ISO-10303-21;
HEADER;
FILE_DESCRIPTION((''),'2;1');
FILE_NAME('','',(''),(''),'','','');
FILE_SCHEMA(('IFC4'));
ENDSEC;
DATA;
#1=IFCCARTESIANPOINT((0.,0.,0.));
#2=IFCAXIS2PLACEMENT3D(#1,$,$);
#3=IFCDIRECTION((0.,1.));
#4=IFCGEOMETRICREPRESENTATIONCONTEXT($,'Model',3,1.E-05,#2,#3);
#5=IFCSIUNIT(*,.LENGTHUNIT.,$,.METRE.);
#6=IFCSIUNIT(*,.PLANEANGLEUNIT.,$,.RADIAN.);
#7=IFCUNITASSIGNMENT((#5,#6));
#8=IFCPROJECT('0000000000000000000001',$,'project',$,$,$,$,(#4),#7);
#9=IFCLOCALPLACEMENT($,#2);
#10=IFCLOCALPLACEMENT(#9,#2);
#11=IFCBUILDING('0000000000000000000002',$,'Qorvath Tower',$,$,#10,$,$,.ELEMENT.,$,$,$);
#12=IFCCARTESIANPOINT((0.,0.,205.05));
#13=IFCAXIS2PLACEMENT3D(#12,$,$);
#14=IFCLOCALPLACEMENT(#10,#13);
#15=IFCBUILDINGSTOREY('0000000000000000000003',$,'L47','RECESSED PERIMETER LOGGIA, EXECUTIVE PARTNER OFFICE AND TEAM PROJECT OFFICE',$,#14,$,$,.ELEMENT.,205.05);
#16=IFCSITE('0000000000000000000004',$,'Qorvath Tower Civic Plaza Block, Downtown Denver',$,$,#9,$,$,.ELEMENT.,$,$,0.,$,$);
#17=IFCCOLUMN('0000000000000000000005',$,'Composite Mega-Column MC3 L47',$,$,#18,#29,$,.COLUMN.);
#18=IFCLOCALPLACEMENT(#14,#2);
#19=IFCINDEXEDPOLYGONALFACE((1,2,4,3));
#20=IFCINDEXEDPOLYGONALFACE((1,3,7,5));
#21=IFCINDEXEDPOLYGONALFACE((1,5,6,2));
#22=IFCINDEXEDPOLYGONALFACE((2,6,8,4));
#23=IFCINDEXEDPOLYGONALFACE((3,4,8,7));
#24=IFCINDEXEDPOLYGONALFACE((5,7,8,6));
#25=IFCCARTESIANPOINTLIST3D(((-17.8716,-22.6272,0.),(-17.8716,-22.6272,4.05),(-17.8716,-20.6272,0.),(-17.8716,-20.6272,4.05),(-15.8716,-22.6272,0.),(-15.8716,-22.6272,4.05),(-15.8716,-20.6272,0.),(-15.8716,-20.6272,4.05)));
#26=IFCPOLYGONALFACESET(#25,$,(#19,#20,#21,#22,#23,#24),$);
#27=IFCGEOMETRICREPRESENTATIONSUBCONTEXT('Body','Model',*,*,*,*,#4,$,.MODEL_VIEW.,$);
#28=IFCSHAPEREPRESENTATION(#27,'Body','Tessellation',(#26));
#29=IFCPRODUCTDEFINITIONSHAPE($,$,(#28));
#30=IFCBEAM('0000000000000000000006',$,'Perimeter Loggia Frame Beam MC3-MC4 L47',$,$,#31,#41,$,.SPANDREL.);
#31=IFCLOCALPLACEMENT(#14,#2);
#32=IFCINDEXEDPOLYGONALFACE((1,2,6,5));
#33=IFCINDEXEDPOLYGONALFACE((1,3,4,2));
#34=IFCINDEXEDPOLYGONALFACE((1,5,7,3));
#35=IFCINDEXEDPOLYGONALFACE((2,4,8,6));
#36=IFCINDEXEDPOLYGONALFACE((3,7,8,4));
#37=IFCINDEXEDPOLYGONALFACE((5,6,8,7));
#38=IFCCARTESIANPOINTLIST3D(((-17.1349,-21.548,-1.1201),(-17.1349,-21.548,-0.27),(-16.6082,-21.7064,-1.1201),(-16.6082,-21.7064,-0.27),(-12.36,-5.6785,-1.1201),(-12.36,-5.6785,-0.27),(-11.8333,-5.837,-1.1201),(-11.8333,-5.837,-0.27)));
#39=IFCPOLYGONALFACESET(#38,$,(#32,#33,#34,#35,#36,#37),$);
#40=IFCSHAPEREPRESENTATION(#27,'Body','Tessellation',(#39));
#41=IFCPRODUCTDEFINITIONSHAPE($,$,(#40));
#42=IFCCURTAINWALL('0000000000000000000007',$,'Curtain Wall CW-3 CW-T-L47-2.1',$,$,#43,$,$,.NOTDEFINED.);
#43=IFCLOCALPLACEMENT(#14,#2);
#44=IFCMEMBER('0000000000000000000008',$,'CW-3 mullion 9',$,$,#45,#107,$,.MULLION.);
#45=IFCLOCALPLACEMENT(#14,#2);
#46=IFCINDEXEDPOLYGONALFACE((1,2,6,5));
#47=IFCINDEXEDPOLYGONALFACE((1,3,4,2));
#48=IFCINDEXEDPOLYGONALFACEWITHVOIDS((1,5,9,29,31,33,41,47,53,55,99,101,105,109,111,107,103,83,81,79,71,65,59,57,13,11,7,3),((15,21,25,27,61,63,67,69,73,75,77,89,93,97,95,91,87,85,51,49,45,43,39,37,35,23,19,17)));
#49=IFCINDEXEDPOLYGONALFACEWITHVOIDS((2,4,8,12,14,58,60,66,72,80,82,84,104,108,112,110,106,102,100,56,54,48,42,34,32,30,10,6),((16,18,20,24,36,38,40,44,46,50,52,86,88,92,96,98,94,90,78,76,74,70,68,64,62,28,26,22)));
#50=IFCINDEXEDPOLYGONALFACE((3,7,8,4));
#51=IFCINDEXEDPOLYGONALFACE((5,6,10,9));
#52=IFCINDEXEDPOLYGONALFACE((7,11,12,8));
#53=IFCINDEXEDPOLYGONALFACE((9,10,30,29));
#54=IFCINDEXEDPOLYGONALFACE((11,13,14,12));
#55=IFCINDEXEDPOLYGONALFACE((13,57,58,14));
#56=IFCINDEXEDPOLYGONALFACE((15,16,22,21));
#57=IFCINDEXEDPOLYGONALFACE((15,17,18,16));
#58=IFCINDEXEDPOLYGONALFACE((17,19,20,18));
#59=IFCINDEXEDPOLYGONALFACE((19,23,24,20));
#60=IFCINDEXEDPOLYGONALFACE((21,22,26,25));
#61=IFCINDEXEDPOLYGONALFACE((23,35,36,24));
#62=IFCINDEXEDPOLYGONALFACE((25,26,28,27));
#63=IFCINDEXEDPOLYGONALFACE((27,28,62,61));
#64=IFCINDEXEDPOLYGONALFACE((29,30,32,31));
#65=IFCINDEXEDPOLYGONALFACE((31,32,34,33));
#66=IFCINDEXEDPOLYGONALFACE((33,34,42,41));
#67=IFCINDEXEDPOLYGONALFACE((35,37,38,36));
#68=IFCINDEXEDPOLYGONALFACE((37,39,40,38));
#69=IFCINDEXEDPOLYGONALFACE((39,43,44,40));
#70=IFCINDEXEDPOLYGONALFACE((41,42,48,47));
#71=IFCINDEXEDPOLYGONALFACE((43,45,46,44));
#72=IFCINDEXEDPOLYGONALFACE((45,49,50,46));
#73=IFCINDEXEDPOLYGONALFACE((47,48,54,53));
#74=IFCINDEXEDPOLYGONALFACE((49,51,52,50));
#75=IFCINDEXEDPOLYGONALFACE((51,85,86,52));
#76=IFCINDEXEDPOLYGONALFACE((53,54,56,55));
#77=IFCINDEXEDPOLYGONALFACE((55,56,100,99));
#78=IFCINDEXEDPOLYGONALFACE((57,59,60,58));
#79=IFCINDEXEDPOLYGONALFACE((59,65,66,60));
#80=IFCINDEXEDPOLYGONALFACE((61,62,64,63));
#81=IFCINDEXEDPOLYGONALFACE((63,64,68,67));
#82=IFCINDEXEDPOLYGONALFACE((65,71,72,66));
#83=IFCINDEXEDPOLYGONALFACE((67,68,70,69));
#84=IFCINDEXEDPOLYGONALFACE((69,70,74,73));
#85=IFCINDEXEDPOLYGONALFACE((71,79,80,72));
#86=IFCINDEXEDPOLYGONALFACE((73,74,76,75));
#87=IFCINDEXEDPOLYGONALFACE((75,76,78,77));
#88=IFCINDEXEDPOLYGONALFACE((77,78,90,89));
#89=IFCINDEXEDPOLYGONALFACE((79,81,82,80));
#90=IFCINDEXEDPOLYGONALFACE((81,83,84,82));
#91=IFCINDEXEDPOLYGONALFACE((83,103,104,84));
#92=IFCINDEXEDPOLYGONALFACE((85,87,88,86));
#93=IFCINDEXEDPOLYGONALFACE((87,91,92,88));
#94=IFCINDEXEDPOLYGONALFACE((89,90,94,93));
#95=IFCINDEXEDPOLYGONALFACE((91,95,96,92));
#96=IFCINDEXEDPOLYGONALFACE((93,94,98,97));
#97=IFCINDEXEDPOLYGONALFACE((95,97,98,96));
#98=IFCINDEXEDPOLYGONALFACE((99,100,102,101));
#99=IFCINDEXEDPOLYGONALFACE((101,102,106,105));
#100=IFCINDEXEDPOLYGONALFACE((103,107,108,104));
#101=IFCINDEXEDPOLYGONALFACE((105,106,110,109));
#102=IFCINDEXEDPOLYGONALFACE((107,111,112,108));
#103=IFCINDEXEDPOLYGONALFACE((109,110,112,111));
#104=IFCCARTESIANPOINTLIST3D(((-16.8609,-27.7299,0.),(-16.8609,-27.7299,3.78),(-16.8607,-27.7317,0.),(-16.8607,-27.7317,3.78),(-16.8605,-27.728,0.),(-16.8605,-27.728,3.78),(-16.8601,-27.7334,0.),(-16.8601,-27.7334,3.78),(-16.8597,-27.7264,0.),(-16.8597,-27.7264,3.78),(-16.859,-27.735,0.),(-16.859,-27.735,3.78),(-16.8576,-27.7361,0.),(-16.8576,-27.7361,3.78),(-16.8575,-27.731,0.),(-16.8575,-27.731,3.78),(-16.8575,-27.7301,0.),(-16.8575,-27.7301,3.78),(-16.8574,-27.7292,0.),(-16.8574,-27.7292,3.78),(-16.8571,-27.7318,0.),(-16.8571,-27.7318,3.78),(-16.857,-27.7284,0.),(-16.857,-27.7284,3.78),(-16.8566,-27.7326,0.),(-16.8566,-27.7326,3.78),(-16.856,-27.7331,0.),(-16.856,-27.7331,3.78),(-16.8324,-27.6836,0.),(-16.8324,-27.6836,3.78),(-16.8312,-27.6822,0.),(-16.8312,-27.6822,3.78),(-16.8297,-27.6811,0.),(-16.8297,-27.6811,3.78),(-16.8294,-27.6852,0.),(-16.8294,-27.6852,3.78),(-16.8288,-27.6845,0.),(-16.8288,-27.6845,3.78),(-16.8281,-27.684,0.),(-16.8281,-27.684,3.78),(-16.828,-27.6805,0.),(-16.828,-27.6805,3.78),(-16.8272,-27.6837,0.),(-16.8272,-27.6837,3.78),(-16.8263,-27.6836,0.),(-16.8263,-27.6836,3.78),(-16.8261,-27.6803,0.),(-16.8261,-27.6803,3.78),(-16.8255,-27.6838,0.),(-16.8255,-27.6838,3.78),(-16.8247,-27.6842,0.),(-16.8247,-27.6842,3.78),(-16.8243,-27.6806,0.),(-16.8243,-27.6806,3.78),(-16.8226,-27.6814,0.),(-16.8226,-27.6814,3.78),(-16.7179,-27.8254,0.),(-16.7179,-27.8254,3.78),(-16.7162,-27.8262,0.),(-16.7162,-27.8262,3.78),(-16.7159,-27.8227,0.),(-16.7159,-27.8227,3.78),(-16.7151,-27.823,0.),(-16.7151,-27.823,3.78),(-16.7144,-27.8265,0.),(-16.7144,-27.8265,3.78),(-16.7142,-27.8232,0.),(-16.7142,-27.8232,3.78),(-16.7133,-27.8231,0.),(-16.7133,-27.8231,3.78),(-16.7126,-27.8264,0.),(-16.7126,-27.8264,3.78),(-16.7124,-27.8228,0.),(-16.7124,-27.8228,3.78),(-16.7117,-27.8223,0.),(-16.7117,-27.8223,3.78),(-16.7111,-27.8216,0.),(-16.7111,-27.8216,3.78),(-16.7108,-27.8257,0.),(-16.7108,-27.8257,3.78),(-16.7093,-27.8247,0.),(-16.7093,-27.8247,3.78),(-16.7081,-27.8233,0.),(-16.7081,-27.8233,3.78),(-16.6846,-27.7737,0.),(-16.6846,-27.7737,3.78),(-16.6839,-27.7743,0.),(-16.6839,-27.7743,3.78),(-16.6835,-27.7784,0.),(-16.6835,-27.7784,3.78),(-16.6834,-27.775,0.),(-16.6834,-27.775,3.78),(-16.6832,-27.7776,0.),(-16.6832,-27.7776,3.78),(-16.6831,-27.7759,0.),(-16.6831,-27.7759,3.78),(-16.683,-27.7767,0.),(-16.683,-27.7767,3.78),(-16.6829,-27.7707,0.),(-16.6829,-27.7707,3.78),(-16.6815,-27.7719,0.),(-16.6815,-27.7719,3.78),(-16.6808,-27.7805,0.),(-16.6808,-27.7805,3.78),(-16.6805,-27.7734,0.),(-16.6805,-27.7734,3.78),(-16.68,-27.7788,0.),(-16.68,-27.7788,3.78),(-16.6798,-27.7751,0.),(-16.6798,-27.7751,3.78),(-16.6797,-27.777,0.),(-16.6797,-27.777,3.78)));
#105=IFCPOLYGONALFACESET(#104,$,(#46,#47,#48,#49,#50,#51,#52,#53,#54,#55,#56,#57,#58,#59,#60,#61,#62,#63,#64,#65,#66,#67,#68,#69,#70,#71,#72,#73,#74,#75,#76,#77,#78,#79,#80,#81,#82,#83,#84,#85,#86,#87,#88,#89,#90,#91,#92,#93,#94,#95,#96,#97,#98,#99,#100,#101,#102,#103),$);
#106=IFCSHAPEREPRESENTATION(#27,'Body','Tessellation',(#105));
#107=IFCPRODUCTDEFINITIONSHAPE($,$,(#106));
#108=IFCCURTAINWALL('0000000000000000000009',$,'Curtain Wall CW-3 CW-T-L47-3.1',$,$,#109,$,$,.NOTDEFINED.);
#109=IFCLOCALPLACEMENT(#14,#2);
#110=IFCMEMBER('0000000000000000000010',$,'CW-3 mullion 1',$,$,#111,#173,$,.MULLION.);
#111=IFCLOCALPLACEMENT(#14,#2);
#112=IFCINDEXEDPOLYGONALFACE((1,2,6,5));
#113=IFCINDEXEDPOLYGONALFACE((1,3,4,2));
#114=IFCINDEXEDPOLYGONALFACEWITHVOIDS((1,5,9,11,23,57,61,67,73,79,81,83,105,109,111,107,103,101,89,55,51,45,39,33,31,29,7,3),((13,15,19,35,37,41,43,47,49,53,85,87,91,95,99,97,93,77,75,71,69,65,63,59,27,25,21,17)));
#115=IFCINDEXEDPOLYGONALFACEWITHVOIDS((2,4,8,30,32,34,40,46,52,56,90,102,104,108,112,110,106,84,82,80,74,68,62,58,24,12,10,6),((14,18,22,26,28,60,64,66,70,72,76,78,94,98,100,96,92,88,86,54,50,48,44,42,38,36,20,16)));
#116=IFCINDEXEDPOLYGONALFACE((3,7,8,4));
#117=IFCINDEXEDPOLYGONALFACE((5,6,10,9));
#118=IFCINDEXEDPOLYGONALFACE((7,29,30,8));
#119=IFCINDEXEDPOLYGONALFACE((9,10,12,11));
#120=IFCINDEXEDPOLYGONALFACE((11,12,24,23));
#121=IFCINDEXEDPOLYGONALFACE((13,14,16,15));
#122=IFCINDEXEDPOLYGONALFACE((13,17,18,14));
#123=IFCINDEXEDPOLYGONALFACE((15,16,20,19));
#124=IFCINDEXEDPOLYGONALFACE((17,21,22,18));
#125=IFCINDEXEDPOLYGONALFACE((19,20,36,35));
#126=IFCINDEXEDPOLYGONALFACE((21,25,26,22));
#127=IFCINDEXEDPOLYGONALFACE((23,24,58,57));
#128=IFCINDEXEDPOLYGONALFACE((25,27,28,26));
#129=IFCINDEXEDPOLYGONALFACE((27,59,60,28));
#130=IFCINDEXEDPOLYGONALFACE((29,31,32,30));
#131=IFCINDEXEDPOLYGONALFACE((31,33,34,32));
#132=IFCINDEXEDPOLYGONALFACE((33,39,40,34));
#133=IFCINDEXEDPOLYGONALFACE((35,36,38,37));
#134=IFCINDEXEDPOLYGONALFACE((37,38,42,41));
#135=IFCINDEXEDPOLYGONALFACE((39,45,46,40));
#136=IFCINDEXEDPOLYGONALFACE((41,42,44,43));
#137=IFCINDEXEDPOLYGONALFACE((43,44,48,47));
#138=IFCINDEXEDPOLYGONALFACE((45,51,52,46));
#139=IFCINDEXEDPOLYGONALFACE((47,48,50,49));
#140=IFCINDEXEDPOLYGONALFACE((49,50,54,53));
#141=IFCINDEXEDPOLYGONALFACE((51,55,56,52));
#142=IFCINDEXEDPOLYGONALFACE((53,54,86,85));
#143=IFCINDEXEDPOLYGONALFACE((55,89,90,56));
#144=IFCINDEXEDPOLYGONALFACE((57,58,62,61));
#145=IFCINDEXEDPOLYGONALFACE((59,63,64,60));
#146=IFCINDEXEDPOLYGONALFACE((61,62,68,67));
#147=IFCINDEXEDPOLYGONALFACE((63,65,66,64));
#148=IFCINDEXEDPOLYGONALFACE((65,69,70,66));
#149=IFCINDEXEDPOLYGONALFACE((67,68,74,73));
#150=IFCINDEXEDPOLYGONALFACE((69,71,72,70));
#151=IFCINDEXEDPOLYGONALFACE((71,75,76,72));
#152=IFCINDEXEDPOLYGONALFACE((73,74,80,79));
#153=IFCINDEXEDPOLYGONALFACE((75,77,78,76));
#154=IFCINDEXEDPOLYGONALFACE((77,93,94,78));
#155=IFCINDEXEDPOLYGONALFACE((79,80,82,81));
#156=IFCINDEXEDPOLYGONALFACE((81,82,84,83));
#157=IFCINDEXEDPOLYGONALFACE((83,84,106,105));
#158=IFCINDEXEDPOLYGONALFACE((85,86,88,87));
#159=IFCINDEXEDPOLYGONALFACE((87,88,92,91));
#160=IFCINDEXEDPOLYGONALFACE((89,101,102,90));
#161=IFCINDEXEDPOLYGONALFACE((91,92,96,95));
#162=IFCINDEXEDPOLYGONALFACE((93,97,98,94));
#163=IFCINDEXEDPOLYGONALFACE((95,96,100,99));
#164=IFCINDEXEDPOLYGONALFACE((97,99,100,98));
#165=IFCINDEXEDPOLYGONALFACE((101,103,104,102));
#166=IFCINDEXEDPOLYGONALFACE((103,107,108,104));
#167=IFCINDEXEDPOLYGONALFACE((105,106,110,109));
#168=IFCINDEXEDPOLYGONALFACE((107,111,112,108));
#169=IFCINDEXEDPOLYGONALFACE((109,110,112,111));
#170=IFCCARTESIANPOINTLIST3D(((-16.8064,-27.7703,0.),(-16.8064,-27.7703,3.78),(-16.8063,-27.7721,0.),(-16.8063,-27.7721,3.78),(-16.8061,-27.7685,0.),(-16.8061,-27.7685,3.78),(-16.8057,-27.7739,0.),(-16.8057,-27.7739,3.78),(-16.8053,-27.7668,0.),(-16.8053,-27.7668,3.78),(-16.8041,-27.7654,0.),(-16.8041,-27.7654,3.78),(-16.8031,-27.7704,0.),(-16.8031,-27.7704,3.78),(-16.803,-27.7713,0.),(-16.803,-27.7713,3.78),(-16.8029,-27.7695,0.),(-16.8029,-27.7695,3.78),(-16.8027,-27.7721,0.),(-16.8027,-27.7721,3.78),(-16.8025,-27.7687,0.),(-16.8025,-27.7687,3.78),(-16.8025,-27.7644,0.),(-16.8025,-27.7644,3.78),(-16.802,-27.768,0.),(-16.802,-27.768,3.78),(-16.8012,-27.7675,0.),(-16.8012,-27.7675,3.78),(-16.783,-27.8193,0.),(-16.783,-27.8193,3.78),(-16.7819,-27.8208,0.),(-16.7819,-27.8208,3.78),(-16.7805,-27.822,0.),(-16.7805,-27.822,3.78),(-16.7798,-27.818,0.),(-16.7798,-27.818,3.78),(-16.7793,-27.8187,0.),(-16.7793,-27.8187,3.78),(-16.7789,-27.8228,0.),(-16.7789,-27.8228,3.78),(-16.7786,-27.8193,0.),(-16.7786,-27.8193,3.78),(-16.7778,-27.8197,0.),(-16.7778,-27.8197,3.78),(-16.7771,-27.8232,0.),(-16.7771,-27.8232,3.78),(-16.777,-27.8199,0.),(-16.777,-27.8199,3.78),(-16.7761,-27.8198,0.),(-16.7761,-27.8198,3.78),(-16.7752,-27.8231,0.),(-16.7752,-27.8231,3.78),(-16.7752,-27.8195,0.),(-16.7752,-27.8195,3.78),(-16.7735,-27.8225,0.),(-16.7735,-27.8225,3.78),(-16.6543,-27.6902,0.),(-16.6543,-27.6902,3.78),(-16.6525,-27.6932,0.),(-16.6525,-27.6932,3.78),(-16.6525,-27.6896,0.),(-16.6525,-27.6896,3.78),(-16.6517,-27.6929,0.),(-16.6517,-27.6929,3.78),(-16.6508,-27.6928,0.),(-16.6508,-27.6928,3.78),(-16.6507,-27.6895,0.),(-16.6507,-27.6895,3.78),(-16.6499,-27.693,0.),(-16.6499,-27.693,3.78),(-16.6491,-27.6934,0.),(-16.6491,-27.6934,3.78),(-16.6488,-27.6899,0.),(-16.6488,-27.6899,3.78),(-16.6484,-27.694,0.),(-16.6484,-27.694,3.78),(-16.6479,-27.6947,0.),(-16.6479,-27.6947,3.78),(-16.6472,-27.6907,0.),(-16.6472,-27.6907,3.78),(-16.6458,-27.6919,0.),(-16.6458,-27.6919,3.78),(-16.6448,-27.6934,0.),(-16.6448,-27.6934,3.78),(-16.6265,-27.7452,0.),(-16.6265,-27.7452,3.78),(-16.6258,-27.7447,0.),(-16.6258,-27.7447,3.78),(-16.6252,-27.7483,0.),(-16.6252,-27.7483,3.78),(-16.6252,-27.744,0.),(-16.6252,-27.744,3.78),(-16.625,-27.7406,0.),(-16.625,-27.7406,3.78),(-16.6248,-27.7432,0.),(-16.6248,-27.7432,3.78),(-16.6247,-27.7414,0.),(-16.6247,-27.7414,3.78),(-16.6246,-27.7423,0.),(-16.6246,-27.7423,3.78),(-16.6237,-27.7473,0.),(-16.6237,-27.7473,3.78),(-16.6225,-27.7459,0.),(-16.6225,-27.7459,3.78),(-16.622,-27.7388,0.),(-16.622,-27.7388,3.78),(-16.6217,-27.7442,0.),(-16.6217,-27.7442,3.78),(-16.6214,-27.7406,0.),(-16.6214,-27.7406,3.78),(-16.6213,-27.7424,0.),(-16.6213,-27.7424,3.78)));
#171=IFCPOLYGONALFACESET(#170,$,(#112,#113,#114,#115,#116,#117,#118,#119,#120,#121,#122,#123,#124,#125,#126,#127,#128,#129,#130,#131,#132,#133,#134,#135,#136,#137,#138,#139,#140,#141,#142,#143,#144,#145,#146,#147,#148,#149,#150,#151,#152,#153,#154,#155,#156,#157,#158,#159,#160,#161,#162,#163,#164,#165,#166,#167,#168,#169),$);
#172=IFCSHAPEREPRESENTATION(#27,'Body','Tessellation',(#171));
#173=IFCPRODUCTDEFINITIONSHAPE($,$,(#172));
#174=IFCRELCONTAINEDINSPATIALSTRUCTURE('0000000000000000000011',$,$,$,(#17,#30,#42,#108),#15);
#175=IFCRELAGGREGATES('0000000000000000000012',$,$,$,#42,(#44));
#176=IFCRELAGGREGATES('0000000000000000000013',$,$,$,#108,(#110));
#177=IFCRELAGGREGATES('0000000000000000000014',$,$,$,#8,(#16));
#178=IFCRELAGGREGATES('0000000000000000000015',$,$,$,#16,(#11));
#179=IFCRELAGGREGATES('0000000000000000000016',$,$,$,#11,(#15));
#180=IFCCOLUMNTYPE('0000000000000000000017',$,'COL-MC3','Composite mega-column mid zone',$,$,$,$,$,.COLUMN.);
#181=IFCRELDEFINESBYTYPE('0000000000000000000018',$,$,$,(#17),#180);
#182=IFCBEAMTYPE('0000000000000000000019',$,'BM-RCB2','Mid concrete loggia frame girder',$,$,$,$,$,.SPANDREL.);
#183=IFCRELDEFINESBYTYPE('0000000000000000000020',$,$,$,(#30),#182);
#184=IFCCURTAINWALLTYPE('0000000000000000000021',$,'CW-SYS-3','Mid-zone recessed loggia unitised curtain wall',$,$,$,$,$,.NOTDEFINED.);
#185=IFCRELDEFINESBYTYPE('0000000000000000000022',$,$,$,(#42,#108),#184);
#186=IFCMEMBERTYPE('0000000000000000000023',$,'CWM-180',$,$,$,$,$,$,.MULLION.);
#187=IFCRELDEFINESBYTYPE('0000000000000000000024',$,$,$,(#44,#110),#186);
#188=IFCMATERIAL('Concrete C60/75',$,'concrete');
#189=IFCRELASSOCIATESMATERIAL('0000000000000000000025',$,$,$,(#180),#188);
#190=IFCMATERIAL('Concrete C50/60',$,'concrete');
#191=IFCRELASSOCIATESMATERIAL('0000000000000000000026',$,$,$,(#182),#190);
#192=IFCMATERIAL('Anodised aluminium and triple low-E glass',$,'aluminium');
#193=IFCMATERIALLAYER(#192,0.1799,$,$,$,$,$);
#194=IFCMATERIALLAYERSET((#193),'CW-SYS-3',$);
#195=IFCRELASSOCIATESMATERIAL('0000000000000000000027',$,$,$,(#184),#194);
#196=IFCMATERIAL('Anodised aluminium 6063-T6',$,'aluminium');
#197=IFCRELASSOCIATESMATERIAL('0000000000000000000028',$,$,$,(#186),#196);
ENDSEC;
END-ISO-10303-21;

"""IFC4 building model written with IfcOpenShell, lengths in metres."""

from ifc_helpers import new_model, si_unit, direction, frame, origin, origin_2d, place, context, subcontext, project, spatial, rectangle, hollow_rectangle, extrude, material, layer, layer_set, material_profile, profile_set, type_object, element, aggregate, save


model = new_model("IFC4")

# Units and contexts
model_context = context("Model", 3, precision=1e-05, world=origin(), true_north=direction((0.0, 1.0)))
body_context = subcontext(model_context, "Body", "Model", "MODEL_VIEW")
ifc_project = project(units=[si_unit("LENGTHUNIT", "METRE"), si_unit("PLANEANGLEUNIT", "RADIAN")], contexts=[model_context])

# Site, building, storey
site_placement = place(None, origin())
site = spatial("IfcSite", under=ifc_project, at=site_placement, Name="Qorvath Tower Civic Plaza Block, Downtown Denver", CompositionType="ELEMENT", RefElevation=0.0)
building_placement = place(site_placement, origin())
building = spatial("IfcBuilding", under=site, at=building_placement, Name="Qorvath Tower", CompositionType="ELEMENT")
storey_placement = place(building_placement, frame((0.0, 0.0, 205.05)))
storey = spatial("IfcBuildingStorey", under=building, at=storey_placement, Name="L47", Description="RECESSED PERIMETER LOGGIA, EXECUTIVE PARTNER OFFICE AND TEAM PROJECT OFFICE", CompositionType="ELEMENT", Elevation=205.05)

# Column
ifc_material_1 = material(Name="Concrete C60/75", Category="concrete")
ifc_material_profile_1 = material_profile(ifc_material_1, rectangle(XDim=2.0, YDim=2.0, at=origin_2d()), Name="MC 2000x2000")
ifc_profile_set_1 = profile_set([ifc_material_profile_1], Name="Concrete C60/75")
column_type = type_object("IfcColumnType", Name="COL-MC3", Description="Composite mega-column mid zone", PredefinedType="COLUMN", material=ifc_profile_set_1)
column_placement = place(storey_placement, frame((-16.8716, -21.6272, 0.0), z_axis=(0.0, 0.0, 1.0), x_axis=(1.0, 0.0, 0.0)))
element("IfcColumn", 1, at=column_placement, inside=storey, type_object=column_type, Name="Composite Mega-Column MC3 L47", PredefinedType="COLUMN", context=body_context, shape_type="SweptSolid", body=[
    extrude(rectangle(XDim=2.0, YDim=2.0, at=origin_2d()), origin(), (0.0, 0.0, 1.0), 4.05),
])

# Beam
ifc_material_2 = material(Name="Concrete C50/60", Category="concrete")
ifc_material_profile_2 = material_profile(ifc_material_2, rectangle(XDim=0.55, YDim=0.8501, at=origin_2d()), Name="RCB 850x550")
ifc_profile_set_2 = profile_set([ifc_material_profile_2], Name="Concrete C50/60")
beam_type = type_object("IfcBeamType", Name="BM-RCB2", Description="Mid concrete loggia frame girder", PredefinedType="SPANDREL", material=ifc_profile_set_2)
beam_placement = place(storey_placement, frame((-16.8716, -21.6272, -0.6951), z_axis=(0.288128, 0.957592, 0.0), x_axis=(-0.957592, 0.288128, 0.0)))
element("IfcBeam", 2, at=beam_placement, inside=storey, type_object=beam_type, Name="Perimeter Loggia Frame Beam MC3-MC4 L47", PredefinedType="SPANDREL", context=body_context, shape_type="SweptSolid", body=[
    extrude(rectangle(XDim=0.55, YDim=0.8501, at=origin_2d()), origin(), (0.0, 0.0, 1.0), 16.5723),
])

# Curtain wall, member
ifc_material_3 = material(Name="Anodised aluminium and triple low-E glass", Category="aluminium")
ifc_layer_1 = layer(ifc_material_3, 0.1799)
ifc_layer_set_1 = layer_set([ifc_layer_1], Name="CW-SYS-3")
curtain_wall_type = type_object("IfcCurtainWallType", Name="CW-SYS-3", Description="Mid-zone recessed loggia unitised curtain wall", PredefinedType="NOTDEFINED", material=ifc_layer_set_1)
curtain_wall_1_placement = place(storey_placement, origin())
curtain_wall_1 = element("IfcCurtainWall", 3, at=curtain_wall_1_placement, inside=storey, type_object=curtain_wall_type, Name="Curtain Wall CW-3 CW-T-L47-2.1", PredefinedType="NOTDEFINED")
ifc_material_4 = material(Name="Anodised aluminium 6063-T6", Category="aluminium")
ifc_material_profile_3 = material_profile(ifc_material_4, hollow_rectangle(XDim=0.0649, YDim=0.1799, WallThickness=0.0034, InnerFilletRadius=0.0034, OuterFilletRadius=0.0071, at=origin_2d()), Name="CWM 180x65")
ifc_profile_set_3 = profile_set([ifc_material_profile_3], Name="Anodised aluminium 6063-T6")
member_type_1 = type_object("IfcMemberType", Name="CWM-180", PredefinedType="MULLION", material=ifc_profile_set_3)
member_1_placement = place(storey_placement, frame((-16.7703, -27.7534, 0.0), z_axis=(0.0, 0.0, 1.0), x_axis=(0.538534, 0.842604, 0.0)))
member_1 = element("IfcMember", 4, at=member_1_placement, type_object=member_type_1, Name="CW-3 mullion 9", PredefinedType="MULLION", context=body_context, shape_type="SweptSolid", body=[
    extrude(hollow_rectangle(XDim=0.0649, YDim=0.1799, WallThickness=0.0034, InnerFilletRadius=0.0034, OuterFilletRadius=0.0071, at=origin_2d()), origin(), (0.0, 0.0, 1.0), 3.78),
])

# Curtain wall, member
curtain_wall_2_placement = place(storey_placement, origin())
curtain_wall_2 = element("IfcCurtainWall", 5, at=curtain_wall_2_placement, inside=storey, type_object=curtain_wall_type, Name="Curtain Wall CW-3 CW-T-L47-3.1", PredefinedType="NOTDEFINED")
member_2_placement = place(storey_placement, frame((-16.7139, -27.7563, 0.0), z_axis=(0.0, 0.0, 1.0), x_axis=(-0.447205, 0.894432, 0.0)))
member_2 = element("IfcMember", 6, at=member_2_placement, type_object=member_type_1, Name="CW-3 mullion 1", PredefinedType="MULLION", context=body_context, shape_type="SweptSolid", body=[
    extrude(hollow_rectangle(XDim=0.0649, YDim=0.1799, WallThickness=0.0034, InnerFilletRadius=0.0034, OuterFilletRadius=0.0071, at=origin_2d()), origin(), (0.0, 0.0, 1.0), 3.78),
])

aggregate(curtain_wall_1, [member_1])
aggregate(curtain_wall_2, [member_2])

save(model, "model.ifc")
